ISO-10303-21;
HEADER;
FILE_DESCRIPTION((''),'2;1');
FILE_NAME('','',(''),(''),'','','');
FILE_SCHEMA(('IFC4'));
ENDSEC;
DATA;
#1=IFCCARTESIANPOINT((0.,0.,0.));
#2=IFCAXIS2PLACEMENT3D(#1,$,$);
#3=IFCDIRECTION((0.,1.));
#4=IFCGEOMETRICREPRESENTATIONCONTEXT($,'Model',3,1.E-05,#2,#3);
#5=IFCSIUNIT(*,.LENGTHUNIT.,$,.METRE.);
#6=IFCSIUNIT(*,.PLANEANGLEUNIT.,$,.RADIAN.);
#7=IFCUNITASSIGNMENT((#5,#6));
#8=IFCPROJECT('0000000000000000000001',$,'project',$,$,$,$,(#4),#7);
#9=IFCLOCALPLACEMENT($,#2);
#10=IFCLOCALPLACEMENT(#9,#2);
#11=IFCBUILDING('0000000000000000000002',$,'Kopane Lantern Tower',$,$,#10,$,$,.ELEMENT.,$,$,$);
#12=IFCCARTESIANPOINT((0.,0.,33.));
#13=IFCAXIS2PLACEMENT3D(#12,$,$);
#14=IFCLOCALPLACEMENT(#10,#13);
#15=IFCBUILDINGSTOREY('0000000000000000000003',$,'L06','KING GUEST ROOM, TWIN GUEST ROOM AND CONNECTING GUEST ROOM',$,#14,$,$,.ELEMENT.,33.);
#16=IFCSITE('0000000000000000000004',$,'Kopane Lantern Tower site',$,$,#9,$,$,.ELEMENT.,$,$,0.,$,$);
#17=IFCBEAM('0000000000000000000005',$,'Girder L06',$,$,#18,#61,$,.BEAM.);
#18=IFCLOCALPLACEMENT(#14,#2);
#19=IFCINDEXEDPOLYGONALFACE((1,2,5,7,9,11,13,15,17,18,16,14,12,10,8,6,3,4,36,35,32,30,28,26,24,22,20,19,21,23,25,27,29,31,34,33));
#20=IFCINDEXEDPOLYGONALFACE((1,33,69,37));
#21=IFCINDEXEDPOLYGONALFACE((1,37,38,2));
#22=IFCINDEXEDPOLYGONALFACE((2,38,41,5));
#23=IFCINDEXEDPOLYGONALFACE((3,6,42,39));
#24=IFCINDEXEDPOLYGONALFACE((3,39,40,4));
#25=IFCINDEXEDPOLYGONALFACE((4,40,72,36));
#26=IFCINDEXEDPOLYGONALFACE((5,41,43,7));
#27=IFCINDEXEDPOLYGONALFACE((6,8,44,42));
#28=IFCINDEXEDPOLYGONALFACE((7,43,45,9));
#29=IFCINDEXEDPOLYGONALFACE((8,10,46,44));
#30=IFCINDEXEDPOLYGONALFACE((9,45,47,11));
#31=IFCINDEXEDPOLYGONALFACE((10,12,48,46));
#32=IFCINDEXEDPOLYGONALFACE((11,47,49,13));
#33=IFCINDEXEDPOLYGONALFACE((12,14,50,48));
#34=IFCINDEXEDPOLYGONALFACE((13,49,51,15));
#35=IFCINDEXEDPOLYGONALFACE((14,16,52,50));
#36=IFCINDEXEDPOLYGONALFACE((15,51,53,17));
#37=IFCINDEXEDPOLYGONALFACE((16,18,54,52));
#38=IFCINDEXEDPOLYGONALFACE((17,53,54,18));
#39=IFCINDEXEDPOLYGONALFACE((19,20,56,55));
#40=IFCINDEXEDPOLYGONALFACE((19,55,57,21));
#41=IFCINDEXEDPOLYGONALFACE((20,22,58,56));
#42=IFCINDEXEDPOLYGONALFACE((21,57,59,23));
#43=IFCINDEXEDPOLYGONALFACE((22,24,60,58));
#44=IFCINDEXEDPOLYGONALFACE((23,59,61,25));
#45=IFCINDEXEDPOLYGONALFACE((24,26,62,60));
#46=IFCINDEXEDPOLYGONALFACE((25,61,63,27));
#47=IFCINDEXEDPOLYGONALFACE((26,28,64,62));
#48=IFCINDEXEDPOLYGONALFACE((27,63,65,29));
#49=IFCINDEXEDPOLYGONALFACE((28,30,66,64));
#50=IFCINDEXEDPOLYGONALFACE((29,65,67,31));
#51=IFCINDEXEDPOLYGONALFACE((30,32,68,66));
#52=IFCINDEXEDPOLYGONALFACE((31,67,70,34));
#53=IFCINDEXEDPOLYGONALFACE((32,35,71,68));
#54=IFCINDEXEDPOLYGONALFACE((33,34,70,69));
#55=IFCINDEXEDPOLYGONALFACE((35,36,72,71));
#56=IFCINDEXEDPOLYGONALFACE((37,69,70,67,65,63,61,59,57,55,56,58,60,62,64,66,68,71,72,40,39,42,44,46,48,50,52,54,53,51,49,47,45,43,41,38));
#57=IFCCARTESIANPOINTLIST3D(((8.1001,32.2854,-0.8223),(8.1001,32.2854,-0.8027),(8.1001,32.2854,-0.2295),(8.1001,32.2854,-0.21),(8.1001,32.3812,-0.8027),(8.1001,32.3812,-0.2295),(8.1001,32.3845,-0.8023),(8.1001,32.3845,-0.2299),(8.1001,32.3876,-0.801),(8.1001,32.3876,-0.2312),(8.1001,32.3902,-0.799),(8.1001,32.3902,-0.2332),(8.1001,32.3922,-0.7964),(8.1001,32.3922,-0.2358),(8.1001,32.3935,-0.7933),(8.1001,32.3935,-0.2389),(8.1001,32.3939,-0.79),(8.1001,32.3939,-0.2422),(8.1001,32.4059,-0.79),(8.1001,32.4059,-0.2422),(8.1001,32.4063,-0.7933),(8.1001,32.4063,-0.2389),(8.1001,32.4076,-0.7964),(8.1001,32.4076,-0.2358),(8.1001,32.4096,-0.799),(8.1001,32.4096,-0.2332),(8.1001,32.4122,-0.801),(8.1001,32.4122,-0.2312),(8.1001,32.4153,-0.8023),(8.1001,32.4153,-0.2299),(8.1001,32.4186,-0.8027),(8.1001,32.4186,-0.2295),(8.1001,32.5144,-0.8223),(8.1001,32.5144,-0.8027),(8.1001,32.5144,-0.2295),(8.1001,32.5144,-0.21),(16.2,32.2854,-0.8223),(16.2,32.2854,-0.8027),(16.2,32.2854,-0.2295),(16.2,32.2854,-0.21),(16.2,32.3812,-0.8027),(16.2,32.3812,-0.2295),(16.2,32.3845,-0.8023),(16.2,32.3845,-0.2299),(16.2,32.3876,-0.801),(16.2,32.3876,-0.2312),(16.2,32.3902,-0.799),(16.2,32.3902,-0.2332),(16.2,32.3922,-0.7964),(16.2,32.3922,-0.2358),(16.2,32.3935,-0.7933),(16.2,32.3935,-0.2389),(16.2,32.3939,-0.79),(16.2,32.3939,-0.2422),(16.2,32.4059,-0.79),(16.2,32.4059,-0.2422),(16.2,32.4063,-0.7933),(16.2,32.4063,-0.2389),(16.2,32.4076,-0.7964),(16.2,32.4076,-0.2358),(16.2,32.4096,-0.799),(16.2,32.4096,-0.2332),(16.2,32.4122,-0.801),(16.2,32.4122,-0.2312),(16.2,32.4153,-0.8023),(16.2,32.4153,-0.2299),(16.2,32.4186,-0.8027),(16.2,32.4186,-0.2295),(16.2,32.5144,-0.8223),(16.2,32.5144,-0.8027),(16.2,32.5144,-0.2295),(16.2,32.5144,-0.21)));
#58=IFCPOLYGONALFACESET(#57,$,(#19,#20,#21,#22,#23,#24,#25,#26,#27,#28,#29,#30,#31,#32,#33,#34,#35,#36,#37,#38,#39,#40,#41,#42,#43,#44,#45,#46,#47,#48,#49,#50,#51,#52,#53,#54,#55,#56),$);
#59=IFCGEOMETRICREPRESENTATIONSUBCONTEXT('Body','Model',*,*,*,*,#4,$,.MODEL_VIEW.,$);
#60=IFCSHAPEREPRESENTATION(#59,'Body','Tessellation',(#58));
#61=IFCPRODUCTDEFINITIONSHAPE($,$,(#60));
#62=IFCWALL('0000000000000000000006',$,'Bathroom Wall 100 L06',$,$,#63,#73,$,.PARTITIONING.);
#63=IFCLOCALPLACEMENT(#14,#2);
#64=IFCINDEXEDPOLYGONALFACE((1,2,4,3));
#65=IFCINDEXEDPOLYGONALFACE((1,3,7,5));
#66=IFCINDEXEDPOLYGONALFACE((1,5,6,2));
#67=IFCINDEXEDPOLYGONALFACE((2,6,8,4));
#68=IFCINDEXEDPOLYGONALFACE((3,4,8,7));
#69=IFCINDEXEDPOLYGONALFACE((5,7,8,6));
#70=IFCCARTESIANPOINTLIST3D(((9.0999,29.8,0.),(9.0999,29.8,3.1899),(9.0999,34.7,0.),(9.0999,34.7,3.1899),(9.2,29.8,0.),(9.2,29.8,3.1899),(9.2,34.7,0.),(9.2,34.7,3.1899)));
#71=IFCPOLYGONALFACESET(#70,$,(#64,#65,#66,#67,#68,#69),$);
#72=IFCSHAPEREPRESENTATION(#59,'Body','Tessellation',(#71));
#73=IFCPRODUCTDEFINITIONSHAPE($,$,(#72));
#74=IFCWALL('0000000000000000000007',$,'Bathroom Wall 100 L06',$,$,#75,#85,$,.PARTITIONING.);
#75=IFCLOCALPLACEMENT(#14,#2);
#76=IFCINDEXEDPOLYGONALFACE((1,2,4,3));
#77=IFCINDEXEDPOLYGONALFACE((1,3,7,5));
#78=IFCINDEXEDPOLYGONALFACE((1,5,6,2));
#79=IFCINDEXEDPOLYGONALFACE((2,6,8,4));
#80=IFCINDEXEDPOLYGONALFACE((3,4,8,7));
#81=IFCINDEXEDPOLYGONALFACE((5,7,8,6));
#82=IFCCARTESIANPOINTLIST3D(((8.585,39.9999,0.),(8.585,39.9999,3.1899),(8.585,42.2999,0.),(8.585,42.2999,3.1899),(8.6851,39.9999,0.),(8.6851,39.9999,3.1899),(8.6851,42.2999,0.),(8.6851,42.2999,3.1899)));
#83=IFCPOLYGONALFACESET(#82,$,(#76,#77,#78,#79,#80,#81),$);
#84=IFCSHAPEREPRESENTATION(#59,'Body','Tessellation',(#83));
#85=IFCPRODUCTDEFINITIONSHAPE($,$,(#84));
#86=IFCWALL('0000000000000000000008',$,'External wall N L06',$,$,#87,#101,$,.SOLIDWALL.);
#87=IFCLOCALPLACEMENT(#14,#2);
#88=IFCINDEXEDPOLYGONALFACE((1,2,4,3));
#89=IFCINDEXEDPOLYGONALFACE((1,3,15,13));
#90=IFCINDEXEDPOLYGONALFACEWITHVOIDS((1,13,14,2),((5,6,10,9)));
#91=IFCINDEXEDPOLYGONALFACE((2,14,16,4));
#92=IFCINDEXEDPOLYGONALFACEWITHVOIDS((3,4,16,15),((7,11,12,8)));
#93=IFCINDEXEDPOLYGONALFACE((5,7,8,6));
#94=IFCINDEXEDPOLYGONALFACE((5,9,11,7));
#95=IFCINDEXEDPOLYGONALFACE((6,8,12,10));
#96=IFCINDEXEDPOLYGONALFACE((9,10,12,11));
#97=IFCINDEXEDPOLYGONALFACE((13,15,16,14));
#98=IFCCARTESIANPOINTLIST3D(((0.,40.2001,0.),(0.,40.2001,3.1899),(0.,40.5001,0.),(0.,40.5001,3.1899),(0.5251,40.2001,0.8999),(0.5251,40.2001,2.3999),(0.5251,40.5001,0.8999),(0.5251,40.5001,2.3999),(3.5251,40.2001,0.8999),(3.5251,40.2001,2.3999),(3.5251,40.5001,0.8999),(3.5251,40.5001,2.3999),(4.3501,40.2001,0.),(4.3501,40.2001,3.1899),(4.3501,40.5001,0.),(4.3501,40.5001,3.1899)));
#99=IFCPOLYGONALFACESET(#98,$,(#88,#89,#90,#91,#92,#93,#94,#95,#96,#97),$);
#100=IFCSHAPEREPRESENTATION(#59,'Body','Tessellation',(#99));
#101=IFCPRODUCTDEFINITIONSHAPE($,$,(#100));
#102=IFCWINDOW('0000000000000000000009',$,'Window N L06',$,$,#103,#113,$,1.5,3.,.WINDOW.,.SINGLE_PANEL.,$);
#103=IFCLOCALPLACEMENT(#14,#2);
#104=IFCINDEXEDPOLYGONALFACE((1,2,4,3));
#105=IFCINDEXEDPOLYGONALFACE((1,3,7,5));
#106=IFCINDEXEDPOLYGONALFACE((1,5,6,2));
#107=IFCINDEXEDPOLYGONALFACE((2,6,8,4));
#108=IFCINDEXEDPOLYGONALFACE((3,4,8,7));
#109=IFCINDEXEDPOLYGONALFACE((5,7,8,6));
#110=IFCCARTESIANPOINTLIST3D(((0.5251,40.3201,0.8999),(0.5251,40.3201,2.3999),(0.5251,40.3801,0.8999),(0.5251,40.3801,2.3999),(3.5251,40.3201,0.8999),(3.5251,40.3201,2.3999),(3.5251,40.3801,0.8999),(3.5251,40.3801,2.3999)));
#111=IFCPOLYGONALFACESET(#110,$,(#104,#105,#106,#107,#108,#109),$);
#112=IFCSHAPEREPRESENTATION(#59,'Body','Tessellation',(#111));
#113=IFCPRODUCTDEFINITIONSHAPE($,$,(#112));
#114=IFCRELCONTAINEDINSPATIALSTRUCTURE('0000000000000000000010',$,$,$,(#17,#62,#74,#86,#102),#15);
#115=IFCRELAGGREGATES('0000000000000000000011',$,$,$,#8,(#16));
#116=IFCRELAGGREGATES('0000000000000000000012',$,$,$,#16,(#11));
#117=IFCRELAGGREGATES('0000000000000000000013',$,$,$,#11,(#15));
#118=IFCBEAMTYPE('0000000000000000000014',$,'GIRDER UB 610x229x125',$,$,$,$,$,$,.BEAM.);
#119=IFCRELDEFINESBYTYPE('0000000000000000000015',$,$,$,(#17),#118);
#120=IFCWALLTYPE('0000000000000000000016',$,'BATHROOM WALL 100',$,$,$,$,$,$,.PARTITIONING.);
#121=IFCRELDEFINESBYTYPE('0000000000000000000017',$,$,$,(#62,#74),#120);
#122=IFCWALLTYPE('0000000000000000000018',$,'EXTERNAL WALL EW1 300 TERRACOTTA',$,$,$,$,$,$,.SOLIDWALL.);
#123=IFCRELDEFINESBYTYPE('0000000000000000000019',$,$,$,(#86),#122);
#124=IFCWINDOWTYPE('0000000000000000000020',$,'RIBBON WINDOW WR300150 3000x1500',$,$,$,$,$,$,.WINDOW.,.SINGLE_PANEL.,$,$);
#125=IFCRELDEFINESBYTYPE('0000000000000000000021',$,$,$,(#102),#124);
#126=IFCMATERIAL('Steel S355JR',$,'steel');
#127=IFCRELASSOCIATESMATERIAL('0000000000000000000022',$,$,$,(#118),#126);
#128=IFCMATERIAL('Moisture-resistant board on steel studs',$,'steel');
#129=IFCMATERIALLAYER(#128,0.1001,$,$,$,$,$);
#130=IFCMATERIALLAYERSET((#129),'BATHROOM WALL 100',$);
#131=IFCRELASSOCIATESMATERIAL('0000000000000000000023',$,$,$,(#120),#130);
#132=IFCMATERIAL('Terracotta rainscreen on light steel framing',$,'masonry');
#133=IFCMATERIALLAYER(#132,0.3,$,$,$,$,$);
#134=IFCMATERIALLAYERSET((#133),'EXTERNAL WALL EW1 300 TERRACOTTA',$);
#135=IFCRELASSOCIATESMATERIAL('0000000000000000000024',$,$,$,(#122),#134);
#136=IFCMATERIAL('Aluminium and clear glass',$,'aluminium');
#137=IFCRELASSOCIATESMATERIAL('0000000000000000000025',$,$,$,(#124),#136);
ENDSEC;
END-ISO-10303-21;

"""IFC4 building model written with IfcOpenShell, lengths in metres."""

from ifc_helpers import new_model, si_unit, direction, frame, frame_2d, origin, origin_2d, place, context, subcontext, project, spatial, rectangle, i_section, extrude, material, layer, layer_set, material_profile, profile_set, type_object, element, fill, save


model = new_model("IFC4")

# Units and contexts
model_context = context("Model", 3, precision=1e-05, world=origin(), true_north=direction((0.0, 1.0)))
body_context = subcontext(model_context, "Body", "Model", "MODEL_VIEW")
ifc_project = project(units=[si_unit("LENGTHUNIT", "METRE"), si_unit("PLANEANGLEUNIT", "RADIAN")], contexts=[model_context])

# Site, building, storey
site_placement = place(None, origin())
site = spatial("IfcSite", under=ifc_project, at=site_placement, Name="Kopane Lantern Tower site", CompositionType="ELEMENT", RefElevation=0.0)
building_placement = place(site_placement, origin())
building = spatial("IfcBuilding", under=site, at=building_placement, Name="Kopane Lantern Tower", CompositionType="ELEMENT")
storey_placement = place(building_placement, frame((0.0, 0.0, 33.0)))
storey = spatial("IfcBuildingStorey", under=building, at=storey_placement, Name="L06", Description="KING GUEST ROOM, TWIN GUEST ROOM AND CONNECTING GUEST ROOM", CompositionType="ELEMENT", Elevation=33.0)

# Beam
ifc_material_1 = material(Name="Steel S355JR", Category="steel")
ifc_material_profile_1 = material_profile(ifc_material_1, i_section(OverallWidth=0.229, OverallDepth=0.6123, WebThickness=0.012, FlangeThickness=0.0195, FilletRadius=0.0127, at=origin_2d()), Name="UB 610x229x125")
ifc_profile_set_1 = profile_set([ifc_material_profile_1], Name="Steel S355JR")
beam_type = type_object("IfcBeamType", Name="GIRDER UB 610x229x125", PredefinedType="BEAM", material=ifc_profile_set_1)
beam_placement = place(storey_placement, frame((8.1001, 32.3999, -0.5161), z_axis=(1.0, 0.0, 0.0), x_axis=(0.0, 1.0, 0.0)))
element("IfcBeam", 1, at=beam_placement, inside=storey, type_object=beam_type, Name="Girder L06", PredefinedType="BEAM", context=body_context, shape_type="SweptSolid", body=[
    extrude(i_section(OverallWidth=0.229, OverallDepth=0.6123, WebThickness=0.012, FlangeThickness=0.0195, FilletRadius=0.0127, at=origin_2d()), origin(), (0.0, 0.0, 1.0), 8.0999),
])

# Walls
ifc_material_2 = material(Name="Moisture-resistant board on steel studs", Category="steel")
ifc_layer_1 = layer(ifc_material_2, 0.1001)
ifc_layer_set_1 = layer_set([ifc_layer_1], Name="BATHROOM WALL 100")
wall_type_1 = type_object("IfcWallType", Name="BATHROOM WALL 100", PredefinedType="PARTITIONING", material=ifc_layer_set_1)
wall_1_placement = place(storey_placement, frame((9.1499, 29.8, 0.0), z_axis=(0.0, 0.0, 1.0), x_axis=(0.0, 1.0, 0.0)))
element("IfcWall", 2, at=wall_1_placement, inside=storey, type_object=wall_type_1, Name="Bathroom Wall 100 L06", PredefinedType="PARTITIONING", context=body_context, shape_type="SweptSolid", body=[
    extrude(rectangle(XDim=4.8999, YDim=0.1001, at=frame_2d((2.45, 0.0))), origin(), (0.0, 0.0, 1.0), 3.1899),
])
wall_2_placement = place(storey_placement, frame((8.635, 40.0, 0.0), z_axis=(0.0, 0.0, 1.0), x_axis=(0.0, 1.0, 0.0)))
element("IfcWall", 3, at=wall_2_placement, inside=storey, type_object=wall_type_1, Name="Bathroom Wall 100 L06", PredefinedType="PARTITIONING", context=body_context, shape_type="SweptSolid", body=[
    extrude(rectangle(XDim=2.3, YDim=0.1001, at=frame_2d((1.1499, 0.0))), origin(), (0.0, 0.0, 1.0), 3.1899),
])

# Wall, opening, window
ifc_material_3 = material(Name="Terracotta rainscreen on light steel framing", Category="masonry")
ifc_layer_2 = layer(ifc_material_3, 0.3)
ifc_layer_set_2 = layer_set([ifc_layer_2], Name="EXTERNAL WALL EW1 300 TERRACOTTA")
wall_type_2 = type_object("IfcWallType", Name="EXTERNAL WALL EW1 300 TERRACOTTA", PredefinedType="SOLIDWALL", material=ifc_layer_set_2)
wall_3_placement = place(storey_placement, frame((4.3501, 40.3501, 0.0), z_axis=(0.0, 0.0, 1.0), x_axis=(-1.0, 0.0, 0.0)))
wall_3 = element("IfcWall", 4, at=wall_3_placement, inside=storey, type_object=wall_type_2, Name="External wall N L06", PredefinedType="SOLIDWALL", context=body_context, shape_type="SweptSolid", body=[
    extrude(rectangle(XDim=4.3501, YDim=0.3, at=frame_2d((2.175, 0.0))), origin(), (0.0, 0.0, 1.0), 3.1899),
])
opening_1_placement = place(wall_3_placement, frame((0.825, 0.0, 0.8999)))
opening_1 = element("IfcOpeningElement", 5, at=opening_1_placement, cuts=wall_3, PredefinedType="OPENING", context=body_context, shape_type="SweptSolid", body=[
    extrude(rectangle(XDim=3.0, YDim=1.5, at=frame_2d((1.5, 0.75))), frame((0.0, 0.1599, 0.0), z_axis=(0.0, -1.0, 0.0), x_axis=(1.0, 0.0, 0.0)), (0.0, 0.0, 1.0), 0.3201),
])
ifc_material_4 = material(Name="Aluminium and clear glass", Category="aluminium")
window_type_1 = type_object("IfcWindowType", Name="RIBBON WINDOW WR300150 3000x1500", PartitioningType="SINGLE_PANEL", PredefinedType="WINDOW", material=ifc_material_4)
window_1_placement = place(opening_1_placement, origin())
window_1 = element("IfcWindow", 6, at=window_1_placement, inside=storey, type_object=window_type_1, Name="Window N L06", OverallHeight=1.5, OverallWidth=3.0, PartitioningType="SINGLE_PANEL", PredefinedType="WINDOW", context=body_context, shape_type="SweptSolid", body=[
    extrude(rectangle(XDim=3.0, YDim=1.5, at=frame_2d((1.5, 0.75))), frame((0.0, 0.03, 0.0), z_axis=(0.0, -1.0, 0.0), x_axis=(1.0, 0.0, 0.0)), (0.0, 0.0, 1.0), 0.0601),
])
fill(opening_1, window_1)

save(model, "model.ifc")
